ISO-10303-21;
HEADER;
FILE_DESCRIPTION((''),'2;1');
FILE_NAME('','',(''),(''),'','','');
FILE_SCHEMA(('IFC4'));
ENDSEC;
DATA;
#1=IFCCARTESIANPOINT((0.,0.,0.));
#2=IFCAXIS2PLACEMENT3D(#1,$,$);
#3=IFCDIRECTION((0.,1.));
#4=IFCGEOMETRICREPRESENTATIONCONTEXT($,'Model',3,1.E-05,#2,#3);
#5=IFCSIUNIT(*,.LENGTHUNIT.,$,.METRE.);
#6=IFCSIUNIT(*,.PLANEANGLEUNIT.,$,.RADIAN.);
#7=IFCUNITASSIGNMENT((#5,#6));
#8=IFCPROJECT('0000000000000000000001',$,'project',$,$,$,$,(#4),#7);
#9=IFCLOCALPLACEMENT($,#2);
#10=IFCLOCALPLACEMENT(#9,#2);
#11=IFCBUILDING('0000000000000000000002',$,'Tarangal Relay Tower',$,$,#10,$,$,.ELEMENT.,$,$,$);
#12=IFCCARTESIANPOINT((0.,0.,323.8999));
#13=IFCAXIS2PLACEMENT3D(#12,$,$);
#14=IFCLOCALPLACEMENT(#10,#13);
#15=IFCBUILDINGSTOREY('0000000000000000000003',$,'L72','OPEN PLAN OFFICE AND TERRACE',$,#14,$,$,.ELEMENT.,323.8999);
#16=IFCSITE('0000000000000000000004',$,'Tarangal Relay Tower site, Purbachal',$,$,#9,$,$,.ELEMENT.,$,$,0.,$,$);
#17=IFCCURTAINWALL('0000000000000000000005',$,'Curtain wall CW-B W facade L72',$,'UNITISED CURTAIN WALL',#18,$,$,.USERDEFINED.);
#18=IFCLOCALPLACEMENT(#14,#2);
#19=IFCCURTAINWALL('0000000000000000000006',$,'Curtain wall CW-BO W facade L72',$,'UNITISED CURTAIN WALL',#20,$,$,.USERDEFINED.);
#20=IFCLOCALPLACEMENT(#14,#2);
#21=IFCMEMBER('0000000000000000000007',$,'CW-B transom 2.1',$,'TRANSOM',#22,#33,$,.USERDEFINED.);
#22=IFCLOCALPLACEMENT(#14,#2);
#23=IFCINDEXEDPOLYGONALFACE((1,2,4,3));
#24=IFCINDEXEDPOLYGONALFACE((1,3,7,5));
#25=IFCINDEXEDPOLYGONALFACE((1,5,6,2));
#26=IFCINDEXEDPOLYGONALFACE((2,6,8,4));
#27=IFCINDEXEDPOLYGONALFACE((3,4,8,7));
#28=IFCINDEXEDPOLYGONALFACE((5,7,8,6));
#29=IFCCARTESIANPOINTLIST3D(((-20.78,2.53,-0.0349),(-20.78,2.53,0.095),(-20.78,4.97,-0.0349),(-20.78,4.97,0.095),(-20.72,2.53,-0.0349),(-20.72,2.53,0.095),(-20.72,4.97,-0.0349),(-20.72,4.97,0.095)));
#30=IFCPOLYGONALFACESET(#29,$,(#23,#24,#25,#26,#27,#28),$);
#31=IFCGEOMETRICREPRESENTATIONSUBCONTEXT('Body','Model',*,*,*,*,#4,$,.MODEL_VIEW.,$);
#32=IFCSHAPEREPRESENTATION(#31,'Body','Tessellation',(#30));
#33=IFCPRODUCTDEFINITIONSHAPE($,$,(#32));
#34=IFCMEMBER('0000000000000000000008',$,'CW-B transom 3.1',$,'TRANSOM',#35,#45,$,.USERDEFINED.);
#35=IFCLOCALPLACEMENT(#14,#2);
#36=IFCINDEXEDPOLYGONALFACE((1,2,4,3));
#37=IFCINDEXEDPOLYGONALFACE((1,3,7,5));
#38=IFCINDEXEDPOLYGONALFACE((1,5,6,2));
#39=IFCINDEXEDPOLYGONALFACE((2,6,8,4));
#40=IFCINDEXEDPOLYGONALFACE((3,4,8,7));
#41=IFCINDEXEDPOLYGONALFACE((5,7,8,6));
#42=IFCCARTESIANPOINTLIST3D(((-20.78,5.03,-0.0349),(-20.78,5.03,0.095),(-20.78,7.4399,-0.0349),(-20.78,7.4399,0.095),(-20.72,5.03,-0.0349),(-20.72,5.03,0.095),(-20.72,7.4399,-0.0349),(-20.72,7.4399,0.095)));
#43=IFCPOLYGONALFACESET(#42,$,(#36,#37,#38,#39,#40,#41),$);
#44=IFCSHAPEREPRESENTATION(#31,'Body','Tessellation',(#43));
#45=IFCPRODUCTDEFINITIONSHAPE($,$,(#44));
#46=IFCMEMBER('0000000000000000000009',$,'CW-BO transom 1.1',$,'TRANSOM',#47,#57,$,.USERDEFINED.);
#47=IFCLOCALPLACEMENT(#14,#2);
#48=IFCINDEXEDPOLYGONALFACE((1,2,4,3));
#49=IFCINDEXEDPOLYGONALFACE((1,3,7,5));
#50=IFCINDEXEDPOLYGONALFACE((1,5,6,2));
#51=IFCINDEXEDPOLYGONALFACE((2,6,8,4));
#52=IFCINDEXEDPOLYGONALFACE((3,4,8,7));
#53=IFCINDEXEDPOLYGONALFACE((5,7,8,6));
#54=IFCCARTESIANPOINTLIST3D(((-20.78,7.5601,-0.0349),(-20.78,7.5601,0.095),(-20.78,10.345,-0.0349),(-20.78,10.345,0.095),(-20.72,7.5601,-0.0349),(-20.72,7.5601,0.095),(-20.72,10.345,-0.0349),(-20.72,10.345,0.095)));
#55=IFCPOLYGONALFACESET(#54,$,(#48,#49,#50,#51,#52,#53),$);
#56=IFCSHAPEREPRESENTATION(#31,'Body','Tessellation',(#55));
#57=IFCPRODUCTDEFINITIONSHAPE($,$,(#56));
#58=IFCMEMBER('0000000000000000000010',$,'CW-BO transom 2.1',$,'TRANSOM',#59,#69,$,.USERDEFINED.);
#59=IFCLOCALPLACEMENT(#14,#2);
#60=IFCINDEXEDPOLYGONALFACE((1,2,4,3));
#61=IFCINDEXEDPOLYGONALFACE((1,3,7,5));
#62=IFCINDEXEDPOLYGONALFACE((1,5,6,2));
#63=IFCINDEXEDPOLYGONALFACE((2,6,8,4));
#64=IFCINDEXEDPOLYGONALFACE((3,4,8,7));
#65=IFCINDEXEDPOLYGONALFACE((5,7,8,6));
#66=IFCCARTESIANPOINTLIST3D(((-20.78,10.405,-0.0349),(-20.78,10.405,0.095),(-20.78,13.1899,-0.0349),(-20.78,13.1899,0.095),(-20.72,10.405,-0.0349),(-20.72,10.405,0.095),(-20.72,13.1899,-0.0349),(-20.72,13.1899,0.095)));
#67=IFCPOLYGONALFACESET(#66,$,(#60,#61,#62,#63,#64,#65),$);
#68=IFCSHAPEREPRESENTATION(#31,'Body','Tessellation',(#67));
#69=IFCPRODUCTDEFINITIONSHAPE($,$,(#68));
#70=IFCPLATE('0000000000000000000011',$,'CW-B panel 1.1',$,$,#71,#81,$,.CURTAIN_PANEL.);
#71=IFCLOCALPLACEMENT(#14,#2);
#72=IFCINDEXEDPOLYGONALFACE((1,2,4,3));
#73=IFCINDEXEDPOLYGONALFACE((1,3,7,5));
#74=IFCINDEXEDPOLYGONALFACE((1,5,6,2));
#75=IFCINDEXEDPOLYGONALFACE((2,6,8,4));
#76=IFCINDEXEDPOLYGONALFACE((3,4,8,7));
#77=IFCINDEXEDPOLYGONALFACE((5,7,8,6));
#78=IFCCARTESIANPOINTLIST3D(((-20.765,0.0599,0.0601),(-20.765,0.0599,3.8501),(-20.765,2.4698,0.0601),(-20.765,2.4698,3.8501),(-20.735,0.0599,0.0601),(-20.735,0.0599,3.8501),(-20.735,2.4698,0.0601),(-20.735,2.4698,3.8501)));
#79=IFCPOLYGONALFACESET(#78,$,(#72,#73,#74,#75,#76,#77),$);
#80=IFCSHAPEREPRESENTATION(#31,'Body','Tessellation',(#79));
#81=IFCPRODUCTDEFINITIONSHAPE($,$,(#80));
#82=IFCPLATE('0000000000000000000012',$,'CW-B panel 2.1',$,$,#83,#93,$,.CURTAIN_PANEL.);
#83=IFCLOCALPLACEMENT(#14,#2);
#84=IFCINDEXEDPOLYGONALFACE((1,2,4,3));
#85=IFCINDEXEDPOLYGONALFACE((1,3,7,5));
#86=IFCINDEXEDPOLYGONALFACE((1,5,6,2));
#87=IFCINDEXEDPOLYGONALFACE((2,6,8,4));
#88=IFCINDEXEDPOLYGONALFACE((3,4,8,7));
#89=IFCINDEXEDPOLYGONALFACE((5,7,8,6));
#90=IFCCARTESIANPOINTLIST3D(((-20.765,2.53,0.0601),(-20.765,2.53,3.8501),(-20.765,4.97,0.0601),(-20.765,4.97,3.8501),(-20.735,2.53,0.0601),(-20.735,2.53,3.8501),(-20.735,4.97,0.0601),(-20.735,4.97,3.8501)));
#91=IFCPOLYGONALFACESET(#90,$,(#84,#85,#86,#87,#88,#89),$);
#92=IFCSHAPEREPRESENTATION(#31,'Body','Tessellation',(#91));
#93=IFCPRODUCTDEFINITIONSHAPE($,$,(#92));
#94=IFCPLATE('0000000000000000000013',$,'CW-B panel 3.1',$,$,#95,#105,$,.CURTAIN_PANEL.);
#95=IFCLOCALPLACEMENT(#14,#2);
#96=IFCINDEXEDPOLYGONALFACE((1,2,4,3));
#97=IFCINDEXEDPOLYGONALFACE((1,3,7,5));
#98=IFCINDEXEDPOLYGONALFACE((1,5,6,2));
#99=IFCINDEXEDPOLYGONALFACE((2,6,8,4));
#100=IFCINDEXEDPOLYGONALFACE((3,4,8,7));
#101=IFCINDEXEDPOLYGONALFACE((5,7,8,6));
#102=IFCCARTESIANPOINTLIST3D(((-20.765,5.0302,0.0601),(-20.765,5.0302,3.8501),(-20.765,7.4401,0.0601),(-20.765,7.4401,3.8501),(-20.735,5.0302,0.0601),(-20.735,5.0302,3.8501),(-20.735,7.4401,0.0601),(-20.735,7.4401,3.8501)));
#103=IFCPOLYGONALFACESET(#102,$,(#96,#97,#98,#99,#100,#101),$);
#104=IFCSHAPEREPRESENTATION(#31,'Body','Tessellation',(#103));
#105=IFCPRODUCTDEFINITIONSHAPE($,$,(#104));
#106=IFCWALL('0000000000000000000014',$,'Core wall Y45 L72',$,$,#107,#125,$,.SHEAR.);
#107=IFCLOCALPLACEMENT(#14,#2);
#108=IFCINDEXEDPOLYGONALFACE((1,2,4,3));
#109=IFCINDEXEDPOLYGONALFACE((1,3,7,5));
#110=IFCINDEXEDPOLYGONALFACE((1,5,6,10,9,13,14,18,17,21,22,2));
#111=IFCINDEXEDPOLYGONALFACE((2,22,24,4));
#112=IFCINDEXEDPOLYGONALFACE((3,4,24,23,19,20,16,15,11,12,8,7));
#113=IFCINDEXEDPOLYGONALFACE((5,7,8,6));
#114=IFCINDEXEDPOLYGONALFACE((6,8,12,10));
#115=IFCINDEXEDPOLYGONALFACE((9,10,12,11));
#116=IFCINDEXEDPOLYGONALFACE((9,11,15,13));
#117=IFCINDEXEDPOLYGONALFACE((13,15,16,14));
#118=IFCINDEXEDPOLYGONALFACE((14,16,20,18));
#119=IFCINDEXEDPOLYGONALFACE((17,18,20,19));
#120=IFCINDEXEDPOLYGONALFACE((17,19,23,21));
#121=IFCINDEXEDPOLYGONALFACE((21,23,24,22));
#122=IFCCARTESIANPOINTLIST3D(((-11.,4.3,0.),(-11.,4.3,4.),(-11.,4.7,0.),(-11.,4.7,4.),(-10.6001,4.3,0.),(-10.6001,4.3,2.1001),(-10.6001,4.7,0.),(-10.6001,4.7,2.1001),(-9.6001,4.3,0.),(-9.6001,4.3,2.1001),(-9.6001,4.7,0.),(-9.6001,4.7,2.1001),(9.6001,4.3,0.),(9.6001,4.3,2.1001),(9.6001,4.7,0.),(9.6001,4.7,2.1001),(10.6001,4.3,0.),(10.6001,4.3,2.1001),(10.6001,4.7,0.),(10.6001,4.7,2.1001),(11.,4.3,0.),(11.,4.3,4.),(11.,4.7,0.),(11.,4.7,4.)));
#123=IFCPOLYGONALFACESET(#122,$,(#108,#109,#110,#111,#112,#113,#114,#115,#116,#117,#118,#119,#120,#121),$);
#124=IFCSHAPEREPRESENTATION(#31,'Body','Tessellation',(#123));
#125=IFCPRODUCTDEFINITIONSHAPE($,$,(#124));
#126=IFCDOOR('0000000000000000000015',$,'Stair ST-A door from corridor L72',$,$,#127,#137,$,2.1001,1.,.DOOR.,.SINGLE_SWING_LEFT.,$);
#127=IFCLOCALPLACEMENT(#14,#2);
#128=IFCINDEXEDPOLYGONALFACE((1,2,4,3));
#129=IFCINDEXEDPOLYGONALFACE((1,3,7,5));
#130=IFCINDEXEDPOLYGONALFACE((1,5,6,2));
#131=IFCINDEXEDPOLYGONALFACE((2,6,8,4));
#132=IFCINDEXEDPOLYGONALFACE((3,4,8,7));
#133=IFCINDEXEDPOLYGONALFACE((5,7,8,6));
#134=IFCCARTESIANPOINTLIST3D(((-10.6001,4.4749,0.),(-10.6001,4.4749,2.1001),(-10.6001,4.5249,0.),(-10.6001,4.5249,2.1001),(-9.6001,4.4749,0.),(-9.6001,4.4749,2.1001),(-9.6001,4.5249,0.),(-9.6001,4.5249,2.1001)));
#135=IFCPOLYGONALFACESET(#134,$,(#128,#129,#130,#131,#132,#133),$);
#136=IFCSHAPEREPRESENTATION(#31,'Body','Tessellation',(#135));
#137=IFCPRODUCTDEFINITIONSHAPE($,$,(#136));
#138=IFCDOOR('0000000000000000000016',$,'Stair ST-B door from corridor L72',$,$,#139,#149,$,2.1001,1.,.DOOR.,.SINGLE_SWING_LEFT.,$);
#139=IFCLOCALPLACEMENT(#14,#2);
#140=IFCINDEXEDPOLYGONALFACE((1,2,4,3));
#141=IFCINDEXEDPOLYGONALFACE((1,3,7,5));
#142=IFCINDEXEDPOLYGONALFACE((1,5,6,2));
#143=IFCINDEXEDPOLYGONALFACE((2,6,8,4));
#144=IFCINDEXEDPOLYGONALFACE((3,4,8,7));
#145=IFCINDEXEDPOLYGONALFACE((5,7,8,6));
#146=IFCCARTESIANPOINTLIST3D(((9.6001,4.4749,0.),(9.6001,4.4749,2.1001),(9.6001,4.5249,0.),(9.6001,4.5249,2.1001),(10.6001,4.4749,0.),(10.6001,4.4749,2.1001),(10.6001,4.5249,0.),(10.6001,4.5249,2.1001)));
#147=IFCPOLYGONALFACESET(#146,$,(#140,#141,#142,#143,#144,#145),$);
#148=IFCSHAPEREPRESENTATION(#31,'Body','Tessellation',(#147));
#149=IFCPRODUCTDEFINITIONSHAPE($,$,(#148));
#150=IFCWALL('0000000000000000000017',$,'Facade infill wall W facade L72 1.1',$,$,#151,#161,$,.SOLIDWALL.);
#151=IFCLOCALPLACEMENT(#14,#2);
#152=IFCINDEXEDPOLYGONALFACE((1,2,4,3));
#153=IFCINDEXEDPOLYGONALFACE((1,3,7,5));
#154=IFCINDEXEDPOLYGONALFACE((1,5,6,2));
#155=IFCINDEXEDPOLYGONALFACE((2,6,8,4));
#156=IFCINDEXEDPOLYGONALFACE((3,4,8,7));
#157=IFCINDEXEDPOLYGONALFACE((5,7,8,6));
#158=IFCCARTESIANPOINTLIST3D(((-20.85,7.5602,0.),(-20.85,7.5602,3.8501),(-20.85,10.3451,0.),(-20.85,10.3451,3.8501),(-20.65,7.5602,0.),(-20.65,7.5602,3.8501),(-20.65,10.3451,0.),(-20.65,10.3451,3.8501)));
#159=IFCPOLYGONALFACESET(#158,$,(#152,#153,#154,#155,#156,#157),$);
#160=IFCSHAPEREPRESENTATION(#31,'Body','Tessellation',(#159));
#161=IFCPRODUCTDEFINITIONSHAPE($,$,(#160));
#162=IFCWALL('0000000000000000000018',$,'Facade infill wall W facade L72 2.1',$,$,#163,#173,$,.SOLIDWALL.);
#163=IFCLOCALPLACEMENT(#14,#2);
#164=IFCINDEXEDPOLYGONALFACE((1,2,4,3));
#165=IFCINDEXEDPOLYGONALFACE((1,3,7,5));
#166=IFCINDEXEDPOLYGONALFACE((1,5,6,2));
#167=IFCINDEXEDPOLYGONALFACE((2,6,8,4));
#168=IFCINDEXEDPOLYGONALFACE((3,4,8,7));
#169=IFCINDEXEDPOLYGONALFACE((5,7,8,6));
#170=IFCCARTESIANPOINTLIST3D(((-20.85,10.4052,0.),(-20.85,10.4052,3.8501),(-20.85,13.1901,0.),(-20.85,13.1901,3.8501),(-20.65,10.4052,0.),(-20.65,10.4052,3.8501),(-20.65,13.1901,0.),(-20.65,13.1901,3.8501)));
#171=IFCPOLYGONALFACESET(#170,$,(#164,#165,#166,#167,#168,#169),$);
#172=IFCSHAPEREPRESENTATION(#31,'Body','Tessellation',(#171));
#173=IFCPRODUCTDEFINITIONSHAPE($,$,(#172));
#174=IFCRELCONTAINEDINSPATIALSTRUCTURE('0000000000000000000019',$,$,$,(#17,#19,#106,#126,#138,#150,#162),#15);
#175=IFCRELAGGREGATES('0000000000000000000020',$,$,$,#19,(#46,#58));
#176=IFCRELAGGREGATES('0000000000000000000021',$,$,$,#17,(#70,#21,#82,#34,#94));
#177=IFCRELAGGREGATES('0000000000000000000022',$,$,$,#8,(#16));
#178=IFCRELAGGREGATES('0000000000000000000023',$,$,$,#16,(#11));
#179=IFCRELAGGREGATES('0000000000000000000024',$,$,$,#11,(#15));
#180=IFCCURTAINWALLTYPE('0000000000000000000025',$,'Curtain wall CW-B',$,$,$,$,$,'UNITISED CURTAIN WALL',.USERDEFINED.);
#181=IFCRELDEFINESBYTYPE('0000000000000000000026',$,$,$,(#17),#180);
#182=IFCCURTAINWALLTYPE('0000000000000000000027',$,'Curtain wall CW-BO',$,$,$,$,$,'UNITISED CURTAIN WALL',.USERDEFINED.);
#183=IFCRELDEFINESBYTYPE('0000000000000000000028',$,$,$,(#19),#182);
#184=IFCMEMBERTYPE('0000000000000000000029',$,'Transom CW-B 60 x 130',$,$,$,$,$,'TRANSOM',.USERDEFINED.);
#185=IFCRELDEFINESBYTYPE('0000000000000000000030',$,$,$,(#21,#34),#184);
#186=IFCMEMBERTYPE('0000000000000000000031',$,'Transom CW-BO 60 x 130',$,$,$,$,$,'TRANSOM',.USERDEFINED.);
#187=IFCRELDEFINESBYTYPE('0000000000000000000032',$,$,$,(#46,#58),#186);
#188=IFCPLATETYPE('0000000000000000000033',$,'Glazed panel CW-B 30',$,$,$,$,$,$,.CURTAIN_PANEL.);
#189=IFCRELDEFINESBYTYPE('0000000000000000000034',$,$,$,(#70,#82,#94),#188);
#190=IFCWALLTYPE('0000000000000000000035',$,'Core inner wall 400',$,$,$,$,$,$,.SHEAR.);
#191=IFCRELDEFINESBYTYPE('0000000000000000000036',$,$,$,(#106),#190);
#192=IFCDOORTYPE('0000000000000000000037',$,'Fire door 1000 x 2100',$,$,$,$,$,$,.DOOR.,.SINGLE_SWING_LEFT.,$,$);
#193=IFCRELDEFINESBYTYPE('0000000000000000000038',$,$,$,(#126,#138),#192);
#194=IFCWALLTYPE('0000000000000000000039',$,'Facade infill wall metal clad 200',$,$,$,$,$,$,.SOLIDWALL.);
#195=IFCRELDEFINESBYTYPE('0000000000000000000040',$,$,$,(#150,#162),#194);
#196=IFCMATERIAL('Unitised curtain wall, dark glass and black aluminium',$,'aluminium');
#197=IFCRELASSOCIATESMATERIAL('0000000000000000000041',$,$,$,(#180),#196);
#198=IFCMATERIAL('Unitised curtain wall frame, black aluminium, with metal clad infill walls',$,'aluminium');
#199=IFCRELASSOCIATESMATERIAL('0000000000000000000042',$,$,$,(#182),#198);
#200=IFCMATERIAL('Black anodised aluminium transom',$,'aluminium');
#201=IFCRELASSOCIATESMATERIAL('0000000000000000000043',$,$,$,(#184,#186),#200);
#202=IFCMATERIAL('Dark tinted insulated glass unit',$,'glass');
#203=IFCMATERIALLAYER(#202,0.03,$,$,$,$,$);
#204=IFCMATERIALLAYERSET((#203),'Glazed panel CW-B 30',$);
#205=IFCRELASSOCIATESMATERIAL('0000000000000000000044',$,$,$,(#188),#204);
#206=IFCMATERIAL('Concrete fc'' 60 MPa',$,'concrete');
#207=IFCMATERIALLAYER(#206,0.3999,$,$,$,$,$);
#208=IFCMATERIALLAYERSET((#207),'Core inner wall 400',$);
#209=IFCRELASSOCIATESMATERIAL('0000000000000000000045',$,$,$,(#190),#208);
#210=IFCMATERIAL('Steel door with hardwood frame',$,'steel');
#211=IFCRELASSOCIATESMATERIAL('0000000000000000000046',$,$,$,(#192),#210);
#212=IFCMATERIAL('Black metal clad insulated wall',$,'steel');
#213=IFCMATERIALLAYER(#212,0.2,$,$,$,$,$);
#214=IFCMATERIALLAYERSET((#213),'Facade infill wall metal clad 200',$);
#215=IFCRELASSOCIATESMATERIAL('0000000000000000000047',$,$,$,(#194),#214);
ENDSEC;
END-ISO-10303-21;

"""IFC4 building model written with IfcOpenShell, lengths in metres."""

from ifc_helpers import new_model, si_unit, direction, frame, frame_2d, origin, origin_2d, place, context, subcontext, project, spatial, rectangle, extrude, material, layer, layer_set, material_profile, profile_set, type_object, element, fill, aggregate, save


model = new_model("IFC4")

# Units and contexts
model_context = context("Model", 3, precision=1e-05, world=origin(), true_north=direction((0.0, 1.0)))
body_context = subcontext(model_context, "Body", "Model", "MODEL_VIEW")
ifc_project = project(units=[si_unit("LENGTHUNIT", "METRE"), si_unit("PLANEANGLEUNIT", "RADIAN")], contexts=[model_context])

# Site, building, storey
site_placement = place(None, origin())
site = spatial("IfcSite", under=ifc_project, at=site_placement, Name="Tarangal Relay Tower site, Purbachal", CompositionType="ELEMENT", RefElevation=0.0)
building_placement = place(site_placement, origin())
building = spatial("IfcBuilding", under=site, at=building_placement, Name="Tarangal Relay Tower", CompositionType="ELEMENT")
storey_placement = place(building_placement, frame((0.0, 0.0, 323.8999)))
storey = spatial("IfcBuildingStorey", under=building, at=storey_placement, Name="L72", Description="OPEN PLAN OFFICE AND TERRACE", CompositionType="ELEMENT", Elevation=323.8999)

# Curtain walls
ifc_material_1 = material(Name="Unitised curtain wall, dark glass and black aluminium", Category="aluminium")
curtain_wall_type_1 = type_object("IfcCurtainWallType", Name="Curtain wall CW-B", ElementType="UNITISED CURTAIN WALL", PredefinedType="USERDEFINED", material=ifc_material_1)
curtain_wall_1_placement = place(storey_placement, origin())
curtain_wall_1 = element("IfcCurtainWall", 1, at=curtain_wall_1_placement, inside=storey, type_object=curtain_wall_type_1, Name="Curtain wall CW-B W facade L72", ObjectType="UNITISED CURTAIN WALL", PredefinedType="USERDEFINED")
ifc_material_2 = material(Name="Unitised curtain wall frame, black aluminium, with metal clad infill walls", Category="aluminium")
curtain_wall_type_2 = type_object("IfcCurtainWallType", Name="Curtain wall CW-BO", ElementType="UNITISED CURTAIN WALL", PredefinedType="USERDEFINED", material=ifc_material_2)
curtain_wall_2_placement = place(storey_placement, origin())
curtain_wall_2 = element("IfcCurtainWall", 2, at=curtain_wall_2_placement, inside=storey, type_object=curtain_wall_type_2, Name="Curtain wall CW-BO W facade L72", ObjectType="UNITISED CURTAIN WALL", PredefinedType="USERDEFINED")

# Members
ifc_material_3 = material(Name="Black anodised aluminium transom", Category="aluminium")
ifc_material_profile_1 = material_profile(ifc_material_3, rectangle(XDim=0.0601, YDim=0.1299, at=origin_2d()), Name="CW-BT 60X130")
ifc_profile_set_1 = profile_set([ifc_material_profile_1], Name="Black anodised aluminium transom")
member_type_1 = type_object("IfcMemberType", Name="Transom CW-B 60 x 130", ElementType="TRANSOM", PredefinedType="USERDEFINED", material=ifc_profile_set_1)
member_1_placement = place(storey_placement, frame((-20.75, 2.53, 0.03), z_axis=(0.0, 1.0, 0.0), x_axis=(-1.0, 0.0, 0.0)))
member_1 = element("IfcMember", 3, at=member_1_placement, type_object=member_type_1, Name="CW-B transom 2.1", ObjectType="TRANSOM", PredefinedType="USERDEFINED", context=body_context, shape_type="SweptSolid", body=[
    extrude(rectangle(XDim=0.0601, YDim=0.1299, at=origin_2d()), origin(), (0.0, 0.0, 1.0), 2.4399),
])
member_2_placement = place(storey_placement, frame((-20.75, 5.03, 0.03), z_axis=(0.0, 1.0, 0.0), x_axis=(-1.0, 0.0, 0.0)))
member_2 = element("IfcMember", 4, at=member_2_placement, type_object=member_type_1, Name="CW-B transom 3.1", ObjectType="TRANSOM", PredefinedType="USERDEFINED", context=body_context, shape_type="SweptSolid", body=[
    extrude(rectangle(XDim=0.0601, YDim=0.1299, at=origin_2d()), origin(), (0.0, 0.0, 1.0), 2.4099),
])
ifc_material_profile_2 = material_profile(ifc_material_3, rectangle(XDim=0.0601, YDim=0.1299, at=origin_2d()), Name="CW-BOT 60X130")
ifc_profile_set_2 = profile_set([ifc_material_profile_2], Name="Black anodised aluminium transom")
member_type_2 = type_object("IfcMemberType", Name="Transom CW-BO 60 x 130", ElementType="TRANSOM", PredefinedType="USERDEFINED", material=ifc_profile_set_2)
member_3_placement = place(storey_placement, frame((-20.75, 7.5601, 0.03), z_axis=(0.0, 1.0, 0.0), x_axis=(-1.0, 0.0, 0.0)))
member_3 = element("IfcMember", 5, at=member_3_placement, type_object=member_type_2, Name="CW-BO transom 1.1", ObjectType="TRANSOM", PredefinedType="USERDEFINED", context=body_context, shape_type="SweptSolid", body=[
    extrude(rectangle(XDim=0.0601, YDim=0.1299, at=origin_2d()), origin(), (0.0, 0.0, 1.0), 2.7849),
])
member_4_placement = place(storey_placement, frame((-20.75, 10.405, 0.03), z_axis=(0.0, 1.0, 0.0), x_axis=(-1.0, 0.0, 0.0)))
member_4 = element("IfcMember", 6, at=member_4_placement, type_object=member_type_2, Name="CW-BO transom 2.1", ObjectType="TRANSOM", PredefinedType="USERDEFINED", context=body_context, shape_type="SweptSolid", body=[
    extrude(rectangle(XDim=0.0601, YDim=0.1299, at=origin_2d()), origin(), (0.0, 0.0, 1.0), 2.7849),
])
aggregate(curtain_wall_2, [member_3, member_4])

# Plates
ifc_material_4 = material(Name="Dark tinted insulated glass unit", Category="glass")
ifc_layer_1 = layer(ifc_material_4, 0.03)
ifc_layer_set_1 = layer_set([ifc_layer_1], Name="Glazed panel CW-B 30")
plate_type = type_object("IfcPlateType", Name="Glazed panel CW-B 30", PredefinedType="CURTAIN_PANEL", material=ifc_layer_set_1)
plate_1_placement = place(storey_placement, frame((-20.75, 1.2649, 0.0601), z_axis=(0.0, 0.0, 1.0), x_axis=(0.0, 1.0, 0.0)))
plate_1 = element("IfcPlate", 7, at=plate_1_placement, type_object=plate_type, Name="CW-B panel 1.1", PredefinedType="CURTAIN_PANEL", context=body_context, shape_type="SweptSolid", body=[
    extrude(rectangle(XDim=2.4099, YDim=0.03, at=origin_2d()), origin(), (0.0, 0.0, 1.0), 3.79),
])
plate_2_placement = place(storey_placement, frame((-20.75, 3.75, 0.0601), z_axis=(0.0, 0.0, 1.0), x_axis=(0.0, 1.0, 0.0)))
plate_2 = element("IfcPlate", 8, at=plate_2_placement, type_object=plate_type, Name="CW-B panel 2.1", PredefinedType="CURTAIN_PANEL", context=body_context, shape_type="SweptSolid", body=[
    extrude(rectangle(XDim=2.4399, YDim=0.03, at=origin_2d()), origin(), (0.0, 0.0, 1.0), 3.79),
])
plate_3_placement = place(storey_placement, frame((-20.75, 6.2351, 0.0601), z_axis=(0.0, 0.0, 1.0), x_axis=(0.0, 1.0, 0.0)))
plate_3 = element("IfcPlate", 9, at=plate_3_placement, type_object=plate_type, Name="CW-B panel 3.1", PredefinedType="CURTAIN_PANEL", context=body_context, shape_type="SweptSolid", body=[
    extrude(rectangle(XDim=2.4099, YDim=0.03, at=origin_2d()), origin(), (0.0, 0.0, 1.0), 3.79),
])
aggregate(curtain_wall_1, [plate_1, member_1, plate_2, member_2, plate_3])

# Wall, openings, doors
ifc_material_5 = material(Name="Concrete fc' 60 MPa", Category="concrete")
ifc_layer_2 = layer(ifc_material_5, 0.3999)
ifc_layer_set_2 = layer_set([ifc_layer_2], Name="Core inner wall 400")
wall_type_1 = type_object("IfcWallType", Name="Core inner wall 400", PredefinedType="SHEAR", material=ifc_layer_set_2)
wall_1_placement = place(storey_placement, frame((-11.0, 4.5, 0.0), z_axis=(0.0, 0.0, 1.0), x_axis=(1.0, 0.0, 0.0)))
wall_1 = element("IfcWall", 10, at=wall_1_placement, inside=storey, type_object=wall_type_1, Name="Core wall Y45 L72", PredefinedType="SHEAR", context=body_context, shape_type="SweptSolid", body=[
    extrude(rectangle(XDim=22.0, YDim=0.3999, at=frame_2d((11.0, 0.0))), origin(), (0.0, 0.0, 1.0), 4.0),
])
opening_1_placement = place(wall_1_placement, frame((0.3999, 0.0, 0.0)))
opening_1 = element("IfcOpeningElement", 11, at=opening_1_placement, cuts=wall_1, PredefinedType="OPENING", context=body_context, shape_type="SweptSolid", body=[
    extrude(rectangle(XDim=1.0, YDim=2.1001, at=frame_2d((0.5, 1.05))), frame((0.0, 0.21, 0.0), z_axis=(0.0, -1.0, 0.0), x_axis=(1.0, 0.0, 0.0)), (0.0, 0.0, 1.0), 0.4199),
])
opening_2_placement = place(wall_1_placement, frame((20.6001, 0.0, 0.0)))
opening_2 = element("IfcOpeningElement", 12, at=opening_2_placement, cuts=wall_1, PredefinedType="OPENING", context=body_context, shape_type="SweptSolid", body=[
    extrude(rectangle(XDim=1.0, YDim=2.1001, at=frame_2d((0.5, 1.05))), frame((0.0, 0.21, 0.0), z_axis=(0.0, -1.0, 0.0), x_axis=(1.0, 0.0, 0.0)), (0.0, 0.0, 1.0), 0.4199),
])
ifc_material_6 = material(Name="Steel door with hardwood frame", Category="steel")
door_type_1 = type_object("IfcDoorType", Name="Fire door 1000 x 2100", OperationType="SINGLE_SWING_LEFT", PredefinedType="DOOR", material=ifc_material_6)
door_1_placement = place(opening_1_placement, origin())
door_1 = element("IfcDoor", 13, at=door_1_placement, inside=storey, type_object=door_type_1, Name="Stair ST-A door from corridor L72", OperationType="SINGLE_SWING_LEFT", OverallHeight=2.1001, OverallWidth=1.0, PredefinedType="DOOR", context=body_context, shape_type="SweptSolid", body=[
    extrude(rectangle(XDim=1.0, YDim=2.1001, at=frame_2d((0.5, 1.05))), frame((0.0, 0.0249, 0.0), z_axis=(0.0, -1.0, 0.0), x_axis=(1.0, 0.0, 0.0)), (0.0, 0.0, 1.0), 0.05),
])
fill(opening_1, door_1)
door_2_placement = place(opening_2_placement, origin())
door_2 = element("IfcDoor", 14, at=door_2_placement, inside=storey, type_object=door_type_1, Name="Stair ST-B door from corridor L72", OperationType="SINGLE_SWING_LEFT", OverallHeight=2.1001, OverallWidth=1.0, PredefinedType="DOOR", context=body_context, shape_type="SweptSolid", body=[
    extrude(rectangle(XDim=1.0, YDim=2.1001, at=frame_2d((0.5, 1.05))), frame((0.0, 0.0249, 0.0), z_axis=(0.0, -1.0, 0.0), x_axis=(1.0, 0.0, 0.0)), (0.0, 0.0, 1.0), 0.05),
])
fill(opening_2, door_2)

# Walls
ifc_material_7 = material(Name="Black metal clad insulated wall", Category="steel")
ifc_layer_3 = layer(ifc_material_7, 0.2)
ifc_layer_set_3 = layer_set([ifc_layer_3], Name="Facade infill wall metal clad 200")
wall_type_2 = type_object("IfcWallType", Name="Facade infill wall metal clad 200", PredefinedType="SOLIDWALL", material=ifc_layer_set_3)
for number, where, z_axis, x_axis, name in (
    (15, (-20.75, 7.5601, 0.0), (0.0, 0.0, 1.0), (0.0, 1.0, 0.0), "Facade infill wall W facade L72 1.1"),
    (16, (-20.75, 10.405, 0.0), (0.0, 0.0, 1.0), (0.0, 1.0, 0.0), "Facade infill wall W facade L72 2.1"),
):
    element("IfcWall", number, at=place(storey_placement, frame(where, z_axis=z_axis, x_axis=x_axis)), inside=storey, type_object=wall_type_2, Name=name, PredefinedType="SOLIDWALL", context=body_context, shape_type="SweptSolid", body=[
        extrude(rectangle(XDim=2.7849, YDim=0.2, at=frame_2d((1.3926, 0.0))), origin(), (0.0, 0.0, 1.0), 3.8501),
    ])

save(model, "model.ifc")
